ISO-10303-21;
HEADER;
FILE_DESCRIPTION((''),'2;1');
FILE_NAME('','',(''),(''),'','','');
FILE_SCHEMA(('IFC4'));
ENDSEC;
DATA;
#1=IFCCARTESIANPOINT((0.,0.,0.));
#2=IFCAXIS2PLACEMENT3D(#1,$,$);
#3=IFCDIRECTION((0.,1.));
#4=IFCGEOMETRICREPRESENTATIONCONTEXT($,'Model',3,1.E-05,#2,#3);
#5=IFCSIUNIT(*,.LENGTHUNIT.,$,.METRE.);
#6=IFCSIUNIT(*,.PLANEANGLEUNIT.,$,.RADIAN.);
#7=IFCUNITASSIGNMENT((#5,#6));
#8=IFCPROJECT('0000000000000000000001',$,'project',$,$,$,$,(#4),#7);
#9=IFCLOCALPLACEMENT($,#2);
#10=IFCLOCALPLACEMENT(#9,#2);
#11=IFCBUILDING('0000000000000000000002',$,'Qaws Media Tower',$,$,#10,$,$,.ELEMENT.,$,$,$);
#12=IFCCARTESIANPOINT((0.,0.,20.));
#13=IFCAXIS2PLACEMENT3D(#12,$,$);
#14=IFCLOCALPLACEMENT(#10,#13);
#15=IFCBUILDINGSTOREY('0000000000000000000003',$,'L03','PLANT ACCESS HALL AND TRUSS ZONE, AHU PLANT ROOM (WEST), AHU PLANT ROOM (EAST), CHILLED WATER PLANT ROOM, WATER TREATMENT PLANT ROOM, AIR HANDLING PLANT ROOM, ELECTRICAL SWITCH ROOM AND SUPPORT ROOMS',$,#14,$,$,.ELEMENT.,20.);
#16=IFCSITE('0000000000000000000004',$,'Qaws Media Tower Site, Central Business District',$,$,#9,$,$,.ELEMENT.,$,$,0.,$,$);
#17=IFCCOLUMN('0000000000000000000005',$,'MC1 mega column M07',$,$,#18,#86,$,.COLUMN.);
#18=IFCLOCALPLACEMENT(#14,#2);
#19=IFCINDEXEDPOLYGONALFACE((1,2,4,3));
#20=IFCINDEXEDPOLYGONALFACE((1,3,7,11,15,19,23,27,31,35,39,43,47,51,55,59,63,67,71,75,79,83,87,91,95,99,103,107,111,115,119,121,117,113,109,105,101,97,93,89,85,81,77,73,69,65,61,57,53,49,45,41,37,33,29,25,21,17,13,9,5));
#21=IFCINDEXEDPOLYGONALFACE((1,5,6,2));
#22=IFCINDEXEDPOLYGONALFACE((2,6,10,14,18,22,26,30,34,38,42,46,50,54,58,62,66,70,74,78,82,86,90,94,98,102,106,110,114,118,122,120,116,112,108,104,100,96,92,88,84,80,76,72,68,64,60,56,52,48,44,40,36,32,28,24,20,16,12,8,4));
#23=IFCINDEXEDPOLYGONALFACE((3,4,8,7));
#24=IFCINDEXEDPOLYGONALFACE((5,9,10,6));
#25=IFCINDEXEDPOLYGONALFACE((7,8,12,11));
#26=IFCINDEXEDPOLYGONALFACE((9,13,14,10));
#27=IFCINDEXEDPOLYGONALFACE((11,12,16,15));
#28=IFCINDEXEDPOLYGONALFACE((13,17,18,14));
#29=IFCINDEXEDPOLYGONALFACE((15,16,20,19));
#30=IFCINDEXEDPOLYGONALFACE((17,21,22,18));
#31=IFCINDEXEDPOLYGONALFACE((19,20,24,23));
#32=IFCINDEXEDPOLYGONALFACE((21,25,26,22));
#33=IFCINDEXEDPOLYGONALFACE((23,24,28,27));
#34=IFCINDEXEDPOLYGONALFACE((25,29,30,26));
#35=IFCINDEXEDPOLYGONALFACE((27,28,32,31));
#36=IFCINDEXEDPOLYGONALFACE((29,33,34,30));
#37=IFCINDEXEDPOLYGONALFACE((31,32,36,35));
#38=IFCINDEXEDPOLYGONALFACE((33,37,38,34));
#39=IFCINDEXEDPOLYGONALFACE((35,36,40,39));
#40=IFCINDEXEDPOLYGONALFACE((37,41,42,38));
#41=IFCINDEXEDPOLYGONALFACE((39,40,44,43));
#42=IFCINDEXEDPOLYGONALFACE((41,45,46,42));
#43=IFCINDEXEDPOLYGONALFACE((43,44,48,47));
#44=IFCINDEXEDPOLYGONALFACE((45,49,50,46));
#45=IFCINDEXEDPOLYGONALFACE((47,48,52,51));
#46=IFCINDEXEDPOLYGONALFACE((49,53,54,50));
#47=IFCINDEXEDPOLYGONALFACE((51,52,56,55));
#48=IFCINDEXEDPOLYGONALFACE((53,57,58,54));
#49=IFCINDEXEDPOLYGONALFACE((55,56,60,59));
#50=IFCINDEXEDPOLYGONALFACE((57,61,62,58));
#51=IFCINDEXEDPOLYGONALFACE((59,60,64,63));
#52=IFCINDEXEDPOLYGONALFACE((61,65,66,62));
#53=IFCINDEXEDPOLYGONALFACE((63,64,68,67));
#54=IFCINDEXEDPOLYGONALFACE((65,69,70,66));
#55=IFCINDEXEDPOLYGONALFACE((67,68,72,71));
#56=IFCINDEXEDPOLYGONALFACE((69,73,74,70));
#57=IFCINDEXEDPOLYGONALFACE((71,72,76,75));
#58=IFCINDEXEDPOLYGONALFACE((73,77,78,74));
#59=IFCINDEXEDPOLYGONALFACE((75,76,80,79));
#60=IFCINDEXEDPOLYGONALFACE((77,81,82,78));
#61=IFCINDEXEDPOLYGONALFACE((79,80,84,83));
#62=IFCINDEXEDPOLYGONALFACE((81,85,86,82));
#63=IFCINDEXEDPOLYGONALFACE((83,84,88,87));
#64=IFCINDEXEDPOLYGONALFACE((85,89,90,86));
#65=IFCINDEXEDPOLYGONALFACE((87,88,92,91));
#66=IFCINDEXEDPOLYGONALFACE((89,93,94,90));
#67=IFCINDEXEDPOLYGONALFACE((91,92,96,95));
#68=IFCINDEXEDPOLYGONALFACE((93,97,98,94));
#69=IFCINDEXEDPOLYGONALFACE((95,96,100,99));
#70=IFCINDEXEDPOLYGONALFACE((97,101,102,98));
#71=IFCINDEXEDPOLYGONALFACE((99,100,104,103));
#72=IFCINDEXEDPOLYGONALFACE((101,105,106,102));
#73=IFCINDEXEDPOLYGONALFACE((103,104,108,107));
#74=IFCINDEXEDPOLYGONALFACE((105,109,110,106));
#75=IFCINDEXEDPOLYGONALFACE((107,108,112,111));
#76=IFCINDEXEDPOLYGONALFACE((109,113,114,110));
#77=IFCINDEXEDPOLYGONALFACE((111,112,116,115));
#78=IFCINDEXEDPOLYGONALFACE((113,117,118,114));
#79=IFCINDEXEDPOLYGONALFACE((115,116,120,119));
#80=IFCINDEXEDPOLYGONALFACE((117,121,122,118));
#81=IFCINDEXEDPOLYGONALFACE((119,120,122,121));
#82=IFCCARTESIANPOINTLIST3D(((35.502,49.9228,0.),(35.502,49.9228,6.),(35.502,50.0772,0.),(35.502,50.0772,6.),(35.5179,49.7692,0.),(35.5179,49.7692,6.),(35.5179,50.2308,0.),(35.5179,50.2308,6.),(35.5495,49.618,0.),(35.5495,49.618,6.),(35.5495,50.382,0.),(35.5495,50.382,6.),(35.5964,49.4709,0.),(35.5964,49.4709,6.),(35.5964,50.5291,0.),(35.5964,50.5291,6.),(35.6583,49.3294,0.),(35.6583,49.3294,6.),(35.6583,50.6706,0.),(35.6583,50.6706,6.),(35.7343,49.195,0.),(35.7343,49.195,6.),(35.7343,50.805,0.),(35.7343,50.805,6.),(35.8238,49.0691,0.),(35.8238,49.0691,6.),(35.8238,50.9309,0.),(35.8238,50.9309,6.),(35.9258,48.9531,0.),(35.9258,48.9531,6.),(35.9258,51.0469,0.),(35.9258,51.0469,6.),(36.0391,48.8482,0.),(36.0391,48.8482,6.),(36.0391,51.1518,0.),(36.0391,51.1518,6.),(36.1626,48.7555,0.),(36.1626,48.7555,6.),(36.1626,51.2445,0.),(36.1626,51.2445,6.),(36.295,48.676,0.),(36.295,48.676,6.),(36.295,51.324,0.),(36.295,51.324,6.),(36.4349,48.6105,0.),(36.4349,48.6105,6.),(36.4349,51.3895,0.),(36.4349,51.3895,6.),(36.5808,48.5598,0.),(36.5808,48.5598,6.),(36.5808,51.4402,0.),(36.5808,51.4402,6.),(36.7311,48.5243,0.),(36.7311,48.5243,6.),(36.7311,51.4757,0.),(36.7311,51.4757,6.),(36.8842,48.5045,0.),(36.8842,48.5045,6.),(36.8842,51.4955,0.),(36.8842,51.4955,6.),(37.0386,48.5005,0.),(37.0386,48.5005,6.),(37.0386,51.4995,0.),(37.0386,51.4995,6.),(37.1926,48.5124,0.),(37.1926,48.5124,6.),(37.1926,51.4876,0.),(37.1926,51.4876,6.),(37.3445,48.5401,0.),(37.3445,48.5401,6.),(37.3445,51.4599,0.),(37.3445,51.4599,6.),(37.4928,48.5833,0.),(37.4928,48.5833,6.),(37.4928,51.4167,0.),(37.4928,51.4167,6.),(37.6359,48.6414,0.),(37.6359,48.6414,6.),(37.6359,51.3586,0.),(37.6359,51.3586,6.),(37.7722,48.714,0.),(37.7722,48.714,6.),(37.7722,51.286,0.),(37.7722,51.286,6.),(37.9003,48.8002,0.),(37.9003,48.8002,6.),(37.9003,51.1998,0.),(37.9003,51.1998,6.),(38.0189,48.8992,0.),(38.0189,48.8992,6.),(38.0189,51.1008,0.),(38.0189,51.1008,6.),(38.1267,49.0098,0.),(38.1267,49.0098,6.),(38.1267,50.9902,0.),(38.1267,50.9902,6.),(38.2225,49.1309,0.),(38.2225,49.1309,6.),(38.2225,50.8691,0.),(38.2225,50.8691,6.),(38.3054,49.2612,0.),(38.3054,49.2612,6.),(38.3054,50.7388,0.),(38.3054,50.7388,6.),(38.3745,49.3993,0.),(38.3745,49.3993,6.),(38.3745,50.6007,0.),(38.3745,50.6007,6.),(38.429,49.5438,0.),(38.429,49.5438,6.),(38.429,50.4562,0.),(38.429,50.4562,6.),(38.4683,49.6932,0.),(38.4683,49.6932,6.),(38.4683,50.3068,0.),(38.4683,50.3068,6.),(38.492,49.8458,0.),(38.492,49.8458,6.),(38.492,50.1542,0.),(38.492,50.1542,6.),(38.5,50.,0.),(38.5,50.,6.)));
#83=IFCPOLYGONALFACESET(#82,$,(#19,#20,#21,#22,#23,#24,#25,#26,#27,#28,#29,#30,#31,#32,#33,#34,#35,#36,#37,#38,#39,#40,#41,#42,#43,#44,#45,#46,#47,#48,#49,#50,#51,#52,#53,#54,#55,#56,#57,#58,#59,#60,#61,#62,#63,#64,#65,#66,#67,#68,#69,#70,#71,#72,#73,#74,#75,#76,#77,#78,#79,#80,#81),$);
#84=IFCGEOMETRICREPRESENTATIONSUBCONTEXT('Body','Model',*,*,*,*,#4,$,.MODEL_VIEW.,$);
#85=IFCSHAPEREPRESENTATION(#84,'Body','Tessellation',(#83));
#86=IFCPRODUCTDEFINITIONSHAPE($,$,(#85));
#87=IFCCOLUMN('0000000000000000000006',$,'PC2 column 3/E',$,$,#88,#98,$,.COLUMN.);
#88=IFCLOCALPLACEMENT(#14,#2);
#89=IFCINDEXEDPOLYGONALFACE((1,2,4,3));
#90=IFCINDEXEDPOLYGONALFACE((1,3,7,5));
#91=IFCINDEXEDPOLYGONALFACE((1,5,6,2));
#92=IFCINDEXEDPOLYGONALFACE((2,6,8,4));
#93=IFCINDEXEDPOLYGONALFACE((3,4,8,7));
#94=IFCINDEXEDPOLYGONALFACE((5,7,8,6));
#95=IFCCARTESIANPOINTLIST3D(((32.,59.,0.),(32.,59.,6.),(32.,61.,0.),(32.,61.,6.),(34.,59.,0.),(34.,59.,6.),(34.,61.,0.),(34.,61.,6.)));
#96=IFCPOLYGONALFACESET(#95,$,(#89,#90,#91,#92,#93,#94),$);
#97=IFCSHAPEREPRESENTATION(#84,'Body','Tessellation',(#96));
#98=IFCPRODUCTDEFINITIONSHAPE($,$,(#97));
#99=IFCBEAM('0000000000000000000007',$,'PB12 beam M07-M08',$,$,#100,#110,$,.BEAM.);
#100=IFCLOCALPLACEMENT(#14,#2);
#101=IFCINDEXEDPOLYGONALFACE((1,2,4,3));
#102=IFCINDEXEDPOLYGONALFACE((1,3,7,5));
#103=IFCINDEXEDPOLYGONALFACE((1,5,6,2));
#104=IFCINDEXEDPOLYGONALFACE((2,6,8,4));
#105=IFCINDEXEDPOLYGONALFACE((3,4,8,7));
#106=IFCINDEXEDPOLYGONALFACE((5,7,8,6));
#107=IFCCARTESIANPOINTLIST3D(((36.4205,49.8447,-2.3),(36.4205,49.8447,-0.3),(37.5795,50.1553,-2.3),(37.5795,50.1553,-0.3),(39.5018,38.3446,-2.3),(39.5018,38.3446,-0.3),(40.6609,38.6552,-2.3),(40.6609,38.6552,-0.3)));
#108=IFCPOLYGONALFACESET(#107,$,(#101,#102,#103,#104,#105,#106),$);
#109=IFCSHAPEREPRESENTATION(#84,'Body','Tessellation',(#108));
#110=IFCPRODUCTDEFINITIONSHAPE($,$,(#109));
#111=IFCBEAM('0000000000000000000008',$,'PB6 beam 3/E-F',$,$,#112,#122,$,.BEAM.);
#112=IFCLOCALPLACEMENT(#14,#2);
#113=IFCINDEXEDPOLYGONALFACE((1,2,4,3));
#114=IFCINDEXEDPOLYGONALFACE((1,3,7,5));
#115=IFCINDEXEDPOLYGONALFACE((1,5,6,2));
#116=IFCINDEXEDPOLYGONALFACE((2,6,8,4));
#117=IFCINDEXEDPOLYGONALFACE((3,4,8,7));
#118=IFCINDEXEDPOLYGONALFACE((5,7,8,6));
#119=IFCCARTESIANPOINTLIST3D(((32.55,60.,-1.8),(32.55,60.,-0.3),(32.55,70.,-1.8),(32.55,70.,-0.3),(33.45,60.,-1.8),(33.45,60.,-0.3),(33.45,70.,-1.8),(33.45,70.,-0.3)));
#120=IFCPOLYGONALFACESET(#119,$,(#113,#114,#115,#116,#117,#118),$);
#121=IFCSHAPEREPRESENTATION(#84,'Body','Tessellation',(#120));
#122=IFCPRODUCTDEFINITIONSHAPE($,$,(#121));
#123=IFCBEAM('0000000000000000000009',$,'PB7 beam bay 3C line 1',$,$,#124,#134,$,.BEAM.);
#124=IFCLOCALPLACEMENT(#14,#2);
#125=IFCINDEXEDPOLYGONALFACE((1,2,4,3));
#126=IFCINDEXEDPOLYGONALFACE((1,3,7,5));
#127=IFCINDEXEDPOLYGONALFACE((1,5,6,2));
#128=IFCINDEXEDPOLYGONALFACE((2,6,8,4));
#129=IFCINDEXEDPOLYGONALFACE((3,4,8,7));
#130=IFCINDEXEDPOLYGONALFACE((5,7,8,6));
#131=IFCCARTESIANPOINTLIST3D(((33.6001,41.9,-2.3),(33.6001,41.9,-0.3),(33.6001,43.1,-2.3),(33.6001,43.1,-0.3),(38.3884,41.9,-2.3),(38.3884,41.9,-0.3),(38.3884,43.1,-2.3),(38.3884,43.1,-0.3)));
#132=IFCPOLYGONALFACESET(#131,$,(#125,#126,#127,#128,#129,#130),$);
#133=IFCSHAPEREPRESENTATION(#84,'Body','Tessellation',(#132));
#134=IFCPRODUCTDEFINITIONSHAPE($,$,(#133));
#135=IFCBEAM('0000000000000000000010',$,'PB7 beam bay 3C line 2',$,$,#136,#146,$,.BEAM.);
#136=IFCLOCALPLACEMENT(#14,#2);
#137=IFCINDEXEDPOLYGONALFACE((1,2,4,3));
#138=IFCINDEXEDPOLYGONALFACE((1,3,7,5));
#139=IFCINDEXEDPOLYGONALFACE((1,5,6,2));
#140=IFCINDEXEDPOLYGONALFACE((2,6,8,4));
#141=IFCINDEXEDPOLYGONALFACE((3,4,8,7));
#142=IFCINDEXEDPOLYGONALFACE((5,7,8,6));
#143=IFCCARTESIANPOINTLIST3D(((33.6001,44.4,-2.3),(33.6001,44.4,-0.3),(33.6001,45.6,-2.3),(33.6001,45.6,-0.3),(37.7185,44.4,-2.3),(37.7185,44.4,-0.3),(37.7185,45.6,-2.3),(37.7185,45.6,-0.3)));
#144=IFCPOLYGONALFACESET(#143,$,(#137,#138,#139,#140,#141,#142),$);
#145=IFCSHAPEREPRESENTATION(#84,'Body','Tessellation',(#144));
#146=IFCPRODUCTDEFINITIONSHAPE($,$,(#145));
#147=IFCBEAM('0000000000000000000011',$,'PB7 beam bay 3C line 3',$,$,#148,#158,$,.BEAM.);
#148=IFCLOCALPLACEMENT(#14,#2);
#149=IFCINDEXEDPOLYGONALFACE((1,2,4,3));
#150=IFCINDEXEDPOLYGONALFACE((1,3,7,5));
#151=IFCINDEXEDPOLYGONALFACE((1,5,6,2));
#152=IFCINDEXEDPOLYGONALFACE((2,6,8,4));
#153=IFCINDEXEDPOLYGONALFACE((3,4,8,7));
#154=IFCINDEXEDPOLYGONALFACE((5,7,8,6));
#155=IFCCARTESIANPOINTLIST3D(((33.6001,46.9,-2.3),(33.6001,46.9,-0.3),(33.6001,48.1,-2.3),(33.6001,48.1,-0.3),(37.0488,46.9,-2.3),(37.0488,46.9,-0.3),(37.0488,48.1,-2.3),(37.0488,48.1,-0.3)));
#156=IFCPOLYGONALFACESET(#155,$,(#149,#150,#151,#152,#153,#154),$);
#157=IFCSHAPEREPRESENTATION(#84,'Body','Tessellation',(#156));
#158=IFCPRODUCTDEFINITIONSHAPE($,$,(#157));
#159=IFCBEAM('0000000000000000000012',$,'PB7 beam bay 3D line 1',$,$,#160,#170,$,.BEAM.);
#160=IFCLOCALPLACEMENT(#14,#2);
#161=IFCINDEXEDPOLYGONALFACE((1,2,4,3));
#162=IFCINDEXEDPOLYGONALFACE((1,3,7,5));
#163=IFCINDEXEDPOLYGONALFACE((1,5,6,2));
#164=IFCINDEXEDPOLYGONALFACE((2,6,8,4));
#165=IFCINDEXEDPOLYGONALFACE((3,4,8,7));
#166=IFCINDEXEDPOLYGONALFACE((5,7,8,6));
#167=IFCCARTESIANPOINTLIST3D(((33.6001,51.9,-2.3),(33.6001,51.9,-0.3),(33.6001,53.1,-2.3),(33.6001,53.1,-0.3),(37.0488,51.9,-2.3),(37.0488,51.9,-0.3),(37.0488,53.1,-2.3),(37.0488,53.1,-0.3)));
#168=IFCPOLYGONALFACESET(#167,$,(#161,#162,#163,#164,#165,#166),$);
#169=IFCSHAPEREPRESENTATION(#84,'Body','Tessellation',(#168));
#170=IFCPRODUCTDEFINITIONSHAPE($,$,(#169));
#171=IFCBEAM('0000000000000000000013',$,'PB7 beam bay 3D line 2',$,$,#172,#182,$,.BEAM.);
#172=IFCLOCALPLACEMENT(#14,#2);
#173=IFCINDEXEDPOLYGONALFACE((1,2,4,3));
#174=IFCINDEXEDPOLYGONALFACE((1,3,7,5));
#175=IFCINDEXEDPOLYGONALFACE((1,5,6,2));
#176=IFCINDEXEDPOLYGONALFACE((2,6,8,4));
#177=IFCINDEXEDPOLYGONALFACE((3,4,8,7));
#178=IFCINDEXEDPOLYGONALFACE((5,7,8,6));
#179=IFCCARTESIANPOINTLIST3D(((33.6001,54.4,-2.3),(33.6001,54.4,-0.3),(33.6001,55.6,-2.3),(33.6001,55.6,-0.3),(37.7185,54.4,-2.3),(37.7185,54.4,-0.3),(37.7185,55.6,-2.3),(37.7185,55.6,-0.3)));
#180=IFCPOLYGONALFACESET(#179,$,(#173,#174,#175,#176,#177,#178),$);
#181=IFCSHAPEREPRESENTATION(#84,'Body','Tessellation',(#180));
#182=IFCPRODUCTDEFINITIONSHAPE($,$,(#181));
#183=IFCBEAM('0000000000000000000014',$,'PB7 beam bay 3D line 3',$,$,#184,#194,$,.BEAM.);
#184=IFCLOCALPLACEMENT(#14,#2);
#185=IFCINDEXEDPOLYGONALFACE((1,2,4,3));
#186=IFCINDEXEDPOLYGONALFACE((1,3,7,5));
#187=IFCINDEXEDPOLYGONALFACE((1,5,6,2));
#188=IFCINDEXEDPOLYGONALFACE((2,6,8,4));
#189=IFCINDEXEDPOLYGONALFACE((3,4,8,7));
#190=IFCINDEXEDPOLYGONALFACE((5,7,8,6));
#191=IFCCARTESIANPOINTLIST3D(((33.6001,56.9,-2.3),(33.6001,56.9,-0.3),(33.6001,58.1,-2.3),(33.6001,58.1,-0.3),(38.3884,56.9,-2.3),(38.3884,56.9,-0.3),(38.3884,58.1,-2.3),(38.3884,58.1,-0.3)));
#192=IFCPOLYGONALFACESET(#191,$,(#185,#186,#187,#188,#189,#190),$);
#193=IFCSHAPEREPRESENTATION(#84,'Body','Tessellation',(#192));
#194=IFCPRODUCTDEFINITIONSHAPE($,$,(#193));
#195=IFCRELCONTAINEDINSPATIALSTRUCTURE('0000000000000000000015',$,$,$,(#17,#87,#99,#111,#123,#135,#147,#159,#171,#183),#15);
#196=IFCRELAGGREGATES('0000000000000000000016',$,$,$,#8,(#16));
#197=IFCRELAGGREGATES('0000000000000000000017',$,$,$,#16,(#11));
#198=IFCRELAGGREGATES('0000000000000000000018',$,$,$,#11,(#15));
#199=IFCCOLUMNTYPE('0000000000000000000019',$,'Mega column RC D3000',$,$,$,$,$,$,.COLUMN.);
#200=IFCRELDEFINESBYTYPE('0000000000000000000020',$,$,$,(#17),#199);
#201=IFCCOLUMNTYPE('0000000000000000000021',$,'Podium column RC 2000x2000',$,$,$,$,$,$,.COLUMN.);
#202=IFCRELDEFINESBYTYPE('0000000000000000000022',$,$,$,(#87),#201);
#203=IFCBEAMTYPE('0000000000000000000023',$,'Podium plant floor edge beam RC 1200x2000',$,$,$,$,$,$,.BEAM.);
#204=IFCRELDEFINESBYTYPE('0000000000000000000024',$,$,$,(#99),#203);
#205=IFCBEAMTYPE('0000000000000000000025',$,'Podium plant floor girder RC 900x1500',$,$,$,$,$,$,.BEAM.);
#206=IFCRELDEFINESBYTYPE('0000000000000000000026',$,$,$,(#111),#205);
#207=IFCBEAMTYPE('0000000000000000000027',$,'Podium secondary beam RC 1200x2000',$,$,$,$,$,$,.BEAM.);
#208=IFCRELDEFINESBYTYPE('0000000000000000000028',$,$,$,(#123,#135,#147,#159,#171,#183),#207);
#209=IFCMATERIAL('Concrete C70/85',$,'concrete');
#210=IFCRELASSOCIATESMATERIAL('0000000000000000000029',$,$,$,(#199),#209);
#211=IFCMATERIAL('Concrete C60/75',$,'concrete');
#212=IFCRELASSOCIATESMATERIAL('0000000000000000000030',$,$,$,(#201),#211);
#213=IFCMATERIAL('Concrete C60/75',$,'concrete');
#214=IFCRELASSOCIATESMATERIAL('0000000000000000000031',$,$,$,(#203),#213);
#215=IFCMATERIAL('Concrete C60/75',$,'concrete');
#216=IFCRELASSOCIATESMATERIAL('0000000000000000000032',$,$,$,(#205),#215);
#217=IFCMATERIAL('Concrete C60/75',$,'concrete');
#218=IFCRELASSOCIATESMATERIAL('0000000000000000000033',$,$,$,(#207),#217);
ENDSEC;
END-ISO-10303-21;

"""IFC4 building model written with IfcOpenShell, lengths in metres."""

from ifc_helpers import new_model, si_unit, direction, frame, origin, origin_2d, place, context, subcontext, project, spatial, rectangle, circle, extrude, material, material_profile, profile_set, type_object, element, save


model = new_model("IFC4")

# Units and contexts
model_context = context("Model", 3, precision=1e-05, world=origin(), true_north=direction((0.0, 1.0)))
body_context = subcontext(model_context, "Body", "Model", "MODEL_VIEW")
ifc_project = project(units=[si_unit("LENGTHUNIT", "METRE"), si_unit("PLANEANGLEUNIT", "RADIAN")], contexts=[model_context])

# Site, building, storey
site_placement = place(None, origin())
site = spatial("IfcSite", under=ifc_project, at=site_placement, Name="Qaws Media Tower Site, Central Business District", CompositionType="ELEMENT", RefElevation=0.0)
building_placement = place(site_placement, origin())
building = spatial("IfcBuilding", under=site, at=building_placement, Name="Qaws Media Tower", CompositionType="ELEMENT")
storey_placement = place(building_placement, frame((0.0, 0.0, 20.0)))
storey = spatial("IfcBuildingStorey", under=building, at=storey_placement, Name="L03", Description="PLANT ACCESS HALL AND TRUSS ZONE, AHU PLANT ROOM (WEST), AHU PLANT ROOM (EAST), CHILLED WATER PLANT ROOM, WATER TREATMENT PLANT ROOM, AIR HANDLING PLANT ROOM, ELECTRICAL SWITCH ROOM AND SUPPORT ROOMS", CompositionType="ELEMENT", Elevation=20.0)

# Columns
ifc_material_1 = material(Name="Concrete C70/85", Category="concrete")
ifc_material_profile_1 = material_profile(ifc_material_1, circle(Radius=1.5, at=origin_2d()), Name="RC D3000")
ifc_profile_set_1 = profile_set([ifc_material_profile_1], Name="Concrete C70/85")
column_type_1 = type_object("IfcColumnType", Name="Mega column RC D3000", PredefinedType="COLUMN", material=ifc_profile_set_1)
column_1_placement = place(storey_placement, frame((37.0, 50.0, 0.0), z_axis=(0.0, 0.0, 1.0), x_axis=(1.0, 0.0, 0.0)))
element("IfcColumn", 1, at=column_1_placement, inside=storey, type_object=column_type_1, Name="MC1 mega column M07", PredefinedType="COLUMN", context=body_context, shape_type="SweptSolid", body=[
    extrude(circle(Radius=1.5, at=origin_2d()), origin(), (0.0, 0.0, 1.0), 6.0),
])
ifc_material_2 = material(Name="Concrete C60/75", Category="concrete")
ifc_material_profile_2 = material_profile(ifc_material_2, rectangle(XDim=2.0, YDim=2.0, at=origin_2d()), Name="RC 2000x2000")
ifc_profile_set_2 = profile_set([ifc_material_profile_2], Name="Concrete C60/75")
column_type_2 = type_object("IfcColumnType", Name="Podium column RC 2000x2000", PredefinedType="COLUMN", material=ifc_profile_set_2)
column_2_placement = place(storey_placement, frame((33.0, 60.0, 0.0), z_axis=(0.0, 0.0, 1.0), x_axis=(1.0, 0.0, 0.0)))
element("IfcColumn", 2, at=column_2_placement, inside=storey, type_object=column_type_2, Name="PC2 column 3/E", PredefinedType="COLUMN", context=body_context, shape_type="SweptSolid", body=[
    extrude(rectangle(XDim=2.0, YDim=2.0, at=origin_2d()), origin(), (0.0, 0.0, 1.0), 6.0),
])

# Beams
ifc_material_3 = material(Name="Concrete C60/75", Category="concrete")
ifc_material_profile_3 = material_profile(ifc_material_3, rectangle(XDim=1.2, YDim=2.0, at=origin_2d()), Name="RC 1200x2000")
ifc_profile_set_3 = profile_set([ifc_material_profile_3], Name="Concrete C60/75")
beam_type_1 = type_object("IfcBeamType", Name="Podium plant floor edge beam RC 1200x2000", PredefinedType="BEAM", material=ifc_profile_set_3)
beam_1_placement = place(storey_placement, frame((37.0, 50.0, -1.3), z_axis=(0.25881, -0.965928, 0.0), x_axis=(0.965928, 0.25881, 0.0)))
element("IfcBeam", 3, at=beam_1_placement, inside=storey, type_object=beam_type_1, Name="PB12 beam M07-M08", PredefinedType="BEAM", context=body_context, shape_type="SweptSolid", body=[
    extrude(rectangle(XDim=1.2, YDim=2.0, at=origin_2d()), origin(), (0.0, 0.0, 1.0), 11.9058),
])
ifc_material_4 = material(Name="Concrete C60/75", Category="concrete")
ifc_material_profile_4 = material_profile(ifc_material_4, rectangle(XDim=0.8999, YDim=1.5, at=origin_2d()), Name="RC 900x1500")
ifc_profile_set_4 = profile_set([ifc_material_profile_4], Name="Concrete C60/75")
beam_type_2 = type_object("IfcBeamType", Name="Podium plant floor girder RC 900x1500", PredefinedType="BEAM", material=ifc_profile_set_4)
beam_2_placement = place(storey_placement, frame((33.0, 60.0, -1.05), z_axis=(0.0, 1.0, 0.0), x_axis=(-1.0, 0.0, 0.0)))
element("IfcBeam", 4, at=beam_2_placement, inside=storey, type_object=beam_type_2, Name="PB6 beam 3/E-F", PredefinedType="BEAM", context=body_context, shape_type="SweptSolid", body=[
    extrude(rectangle(XDim=0.8999, YDim=1.5, at=origin_2d()), origin(), (0.0, 0.0, 1.0), 10.0),
])
ifc_material_5 = material(Name="Concrete C60/75", Category="concrete")
ifc_material_profile_5 = material_profile(ifc_material_5, rectangle(XDim=1.2, YDim=2.0, at=origin_2d()), Name="RC 1200x2000")
ifc_profile_set_5 = profile_set([ifc_material_profile_5], Name="Concrete C60/75")
beam_type_3 = type_object("IfcBeamType", Name="Podium secondary beam RC 1200x2000", PredefinedType="BEAM", material=ifc_profile_set_5)
beam_3_placement = place(storey_placement, frame((33.6001, 42.5, -1.3), z_axis=(1.0, 0.0, 0.0), x_axis=(0.0, 1.0, 0.0)))
element("IfcBeam", 5, at=beam_3_placement, inside=storey, type_object=beam_type_3, Name="PB7 beam bay 3C line 1", PredefinedType="BEAM", context=body_context, shape_type="SweptSolid", body=[
    extrude(rectangle(XDim=1.2, YDim=2.0, at=origin_2d()), origin(), (0.0, 0.0, 1.0), 4.7883),
])
beam_4_placement = place(storey_placement, frame((33.6001, 45.0, -1.3), z_axis=(1.0, 0.0, 0.0), x_axis=(0.0, 1.0, 0.0)))
element("IfcBeam", 6, at=beam_4_placement, inside=storey, type_object=beam_type_3, Name="PB7 beam bay 3C line 2", PredefinedType="BEAM", context=body_context, shape_type="SweptSolid", body=[
    extrude(rectangle(XDim=1.2, YDim=2.0, at=origin_2d()), origin(), (0.0, 0.0, 1.0), 4.1184),
])
for number, where, z_axis, x_axis, name in (
    (7, (33.6001, 47.5, -1.3), (1.0, 0.0, 0.0), (0.0, 1.0, 0.0), "PB7 beam bay 3C line 3"),
    (8, (33.6001, 52.5, -1.3), (1.0, 0.0, 0.0), (0.0, 1.0, 0.0), "PB7 beam bay 3D line 1"),
):
    element("IfcBeam", number, at=place(storey_placement, frame(where, z_axis=z_axis, x_axis=x_axis)), inside=storey, type_object=beam_type_3, Name=name, PredefinedType="BEAM", context=body_context, shape_type="SweptSolid", body=[
        extrude(rectangle(XDim=1.2, YDim=2.0, at=origin_2d()), origin(), (0.0, 0.0, 1.0), 3.4487),
    ])
beam_5_placement = place(storey_placement, frame((33.6001, 55.0, -1.3), z_axis=(1.0, 0.0, 0.0), x_axis=(0.0, 1.0, 0.0)))
element("IfcBeam", 9, at=beam_5_placement, inside=storey, type_object=beam_type_3, Name="PB7 beam bay 3D line 2", PredefinedType="BEAM", context=body_context, shape_type="SweptSolid", body=[
    extrude(rectangle(XDim=1.2, YDim=2.0, at=origin_2d()), origin(), (0.0, 0.0, 1.0), 4.1184),
])
beam_6_placement = place(storey_placement, frame((33.6001, 57.5, -1.3), z_axis=(1.0, 0.0, 0.0), x_axis=(0.0, 1.0, 0.0)))
element("IfcBeam", 10, at=beam_6_placement, inside=storey, type_object=beam_type_3, Name="PB7 beam bay 3D line 3", PredefinedType="BEAM", context=body_context, shape_type="SweptSolid", body=[
    extrude(rectangle(XDim=1.2, YDim=2.0, at=origin_2d()), origin(), (0.0, 0.0, 1.0), 4.7883),
])

save(model, "model.ifc")
